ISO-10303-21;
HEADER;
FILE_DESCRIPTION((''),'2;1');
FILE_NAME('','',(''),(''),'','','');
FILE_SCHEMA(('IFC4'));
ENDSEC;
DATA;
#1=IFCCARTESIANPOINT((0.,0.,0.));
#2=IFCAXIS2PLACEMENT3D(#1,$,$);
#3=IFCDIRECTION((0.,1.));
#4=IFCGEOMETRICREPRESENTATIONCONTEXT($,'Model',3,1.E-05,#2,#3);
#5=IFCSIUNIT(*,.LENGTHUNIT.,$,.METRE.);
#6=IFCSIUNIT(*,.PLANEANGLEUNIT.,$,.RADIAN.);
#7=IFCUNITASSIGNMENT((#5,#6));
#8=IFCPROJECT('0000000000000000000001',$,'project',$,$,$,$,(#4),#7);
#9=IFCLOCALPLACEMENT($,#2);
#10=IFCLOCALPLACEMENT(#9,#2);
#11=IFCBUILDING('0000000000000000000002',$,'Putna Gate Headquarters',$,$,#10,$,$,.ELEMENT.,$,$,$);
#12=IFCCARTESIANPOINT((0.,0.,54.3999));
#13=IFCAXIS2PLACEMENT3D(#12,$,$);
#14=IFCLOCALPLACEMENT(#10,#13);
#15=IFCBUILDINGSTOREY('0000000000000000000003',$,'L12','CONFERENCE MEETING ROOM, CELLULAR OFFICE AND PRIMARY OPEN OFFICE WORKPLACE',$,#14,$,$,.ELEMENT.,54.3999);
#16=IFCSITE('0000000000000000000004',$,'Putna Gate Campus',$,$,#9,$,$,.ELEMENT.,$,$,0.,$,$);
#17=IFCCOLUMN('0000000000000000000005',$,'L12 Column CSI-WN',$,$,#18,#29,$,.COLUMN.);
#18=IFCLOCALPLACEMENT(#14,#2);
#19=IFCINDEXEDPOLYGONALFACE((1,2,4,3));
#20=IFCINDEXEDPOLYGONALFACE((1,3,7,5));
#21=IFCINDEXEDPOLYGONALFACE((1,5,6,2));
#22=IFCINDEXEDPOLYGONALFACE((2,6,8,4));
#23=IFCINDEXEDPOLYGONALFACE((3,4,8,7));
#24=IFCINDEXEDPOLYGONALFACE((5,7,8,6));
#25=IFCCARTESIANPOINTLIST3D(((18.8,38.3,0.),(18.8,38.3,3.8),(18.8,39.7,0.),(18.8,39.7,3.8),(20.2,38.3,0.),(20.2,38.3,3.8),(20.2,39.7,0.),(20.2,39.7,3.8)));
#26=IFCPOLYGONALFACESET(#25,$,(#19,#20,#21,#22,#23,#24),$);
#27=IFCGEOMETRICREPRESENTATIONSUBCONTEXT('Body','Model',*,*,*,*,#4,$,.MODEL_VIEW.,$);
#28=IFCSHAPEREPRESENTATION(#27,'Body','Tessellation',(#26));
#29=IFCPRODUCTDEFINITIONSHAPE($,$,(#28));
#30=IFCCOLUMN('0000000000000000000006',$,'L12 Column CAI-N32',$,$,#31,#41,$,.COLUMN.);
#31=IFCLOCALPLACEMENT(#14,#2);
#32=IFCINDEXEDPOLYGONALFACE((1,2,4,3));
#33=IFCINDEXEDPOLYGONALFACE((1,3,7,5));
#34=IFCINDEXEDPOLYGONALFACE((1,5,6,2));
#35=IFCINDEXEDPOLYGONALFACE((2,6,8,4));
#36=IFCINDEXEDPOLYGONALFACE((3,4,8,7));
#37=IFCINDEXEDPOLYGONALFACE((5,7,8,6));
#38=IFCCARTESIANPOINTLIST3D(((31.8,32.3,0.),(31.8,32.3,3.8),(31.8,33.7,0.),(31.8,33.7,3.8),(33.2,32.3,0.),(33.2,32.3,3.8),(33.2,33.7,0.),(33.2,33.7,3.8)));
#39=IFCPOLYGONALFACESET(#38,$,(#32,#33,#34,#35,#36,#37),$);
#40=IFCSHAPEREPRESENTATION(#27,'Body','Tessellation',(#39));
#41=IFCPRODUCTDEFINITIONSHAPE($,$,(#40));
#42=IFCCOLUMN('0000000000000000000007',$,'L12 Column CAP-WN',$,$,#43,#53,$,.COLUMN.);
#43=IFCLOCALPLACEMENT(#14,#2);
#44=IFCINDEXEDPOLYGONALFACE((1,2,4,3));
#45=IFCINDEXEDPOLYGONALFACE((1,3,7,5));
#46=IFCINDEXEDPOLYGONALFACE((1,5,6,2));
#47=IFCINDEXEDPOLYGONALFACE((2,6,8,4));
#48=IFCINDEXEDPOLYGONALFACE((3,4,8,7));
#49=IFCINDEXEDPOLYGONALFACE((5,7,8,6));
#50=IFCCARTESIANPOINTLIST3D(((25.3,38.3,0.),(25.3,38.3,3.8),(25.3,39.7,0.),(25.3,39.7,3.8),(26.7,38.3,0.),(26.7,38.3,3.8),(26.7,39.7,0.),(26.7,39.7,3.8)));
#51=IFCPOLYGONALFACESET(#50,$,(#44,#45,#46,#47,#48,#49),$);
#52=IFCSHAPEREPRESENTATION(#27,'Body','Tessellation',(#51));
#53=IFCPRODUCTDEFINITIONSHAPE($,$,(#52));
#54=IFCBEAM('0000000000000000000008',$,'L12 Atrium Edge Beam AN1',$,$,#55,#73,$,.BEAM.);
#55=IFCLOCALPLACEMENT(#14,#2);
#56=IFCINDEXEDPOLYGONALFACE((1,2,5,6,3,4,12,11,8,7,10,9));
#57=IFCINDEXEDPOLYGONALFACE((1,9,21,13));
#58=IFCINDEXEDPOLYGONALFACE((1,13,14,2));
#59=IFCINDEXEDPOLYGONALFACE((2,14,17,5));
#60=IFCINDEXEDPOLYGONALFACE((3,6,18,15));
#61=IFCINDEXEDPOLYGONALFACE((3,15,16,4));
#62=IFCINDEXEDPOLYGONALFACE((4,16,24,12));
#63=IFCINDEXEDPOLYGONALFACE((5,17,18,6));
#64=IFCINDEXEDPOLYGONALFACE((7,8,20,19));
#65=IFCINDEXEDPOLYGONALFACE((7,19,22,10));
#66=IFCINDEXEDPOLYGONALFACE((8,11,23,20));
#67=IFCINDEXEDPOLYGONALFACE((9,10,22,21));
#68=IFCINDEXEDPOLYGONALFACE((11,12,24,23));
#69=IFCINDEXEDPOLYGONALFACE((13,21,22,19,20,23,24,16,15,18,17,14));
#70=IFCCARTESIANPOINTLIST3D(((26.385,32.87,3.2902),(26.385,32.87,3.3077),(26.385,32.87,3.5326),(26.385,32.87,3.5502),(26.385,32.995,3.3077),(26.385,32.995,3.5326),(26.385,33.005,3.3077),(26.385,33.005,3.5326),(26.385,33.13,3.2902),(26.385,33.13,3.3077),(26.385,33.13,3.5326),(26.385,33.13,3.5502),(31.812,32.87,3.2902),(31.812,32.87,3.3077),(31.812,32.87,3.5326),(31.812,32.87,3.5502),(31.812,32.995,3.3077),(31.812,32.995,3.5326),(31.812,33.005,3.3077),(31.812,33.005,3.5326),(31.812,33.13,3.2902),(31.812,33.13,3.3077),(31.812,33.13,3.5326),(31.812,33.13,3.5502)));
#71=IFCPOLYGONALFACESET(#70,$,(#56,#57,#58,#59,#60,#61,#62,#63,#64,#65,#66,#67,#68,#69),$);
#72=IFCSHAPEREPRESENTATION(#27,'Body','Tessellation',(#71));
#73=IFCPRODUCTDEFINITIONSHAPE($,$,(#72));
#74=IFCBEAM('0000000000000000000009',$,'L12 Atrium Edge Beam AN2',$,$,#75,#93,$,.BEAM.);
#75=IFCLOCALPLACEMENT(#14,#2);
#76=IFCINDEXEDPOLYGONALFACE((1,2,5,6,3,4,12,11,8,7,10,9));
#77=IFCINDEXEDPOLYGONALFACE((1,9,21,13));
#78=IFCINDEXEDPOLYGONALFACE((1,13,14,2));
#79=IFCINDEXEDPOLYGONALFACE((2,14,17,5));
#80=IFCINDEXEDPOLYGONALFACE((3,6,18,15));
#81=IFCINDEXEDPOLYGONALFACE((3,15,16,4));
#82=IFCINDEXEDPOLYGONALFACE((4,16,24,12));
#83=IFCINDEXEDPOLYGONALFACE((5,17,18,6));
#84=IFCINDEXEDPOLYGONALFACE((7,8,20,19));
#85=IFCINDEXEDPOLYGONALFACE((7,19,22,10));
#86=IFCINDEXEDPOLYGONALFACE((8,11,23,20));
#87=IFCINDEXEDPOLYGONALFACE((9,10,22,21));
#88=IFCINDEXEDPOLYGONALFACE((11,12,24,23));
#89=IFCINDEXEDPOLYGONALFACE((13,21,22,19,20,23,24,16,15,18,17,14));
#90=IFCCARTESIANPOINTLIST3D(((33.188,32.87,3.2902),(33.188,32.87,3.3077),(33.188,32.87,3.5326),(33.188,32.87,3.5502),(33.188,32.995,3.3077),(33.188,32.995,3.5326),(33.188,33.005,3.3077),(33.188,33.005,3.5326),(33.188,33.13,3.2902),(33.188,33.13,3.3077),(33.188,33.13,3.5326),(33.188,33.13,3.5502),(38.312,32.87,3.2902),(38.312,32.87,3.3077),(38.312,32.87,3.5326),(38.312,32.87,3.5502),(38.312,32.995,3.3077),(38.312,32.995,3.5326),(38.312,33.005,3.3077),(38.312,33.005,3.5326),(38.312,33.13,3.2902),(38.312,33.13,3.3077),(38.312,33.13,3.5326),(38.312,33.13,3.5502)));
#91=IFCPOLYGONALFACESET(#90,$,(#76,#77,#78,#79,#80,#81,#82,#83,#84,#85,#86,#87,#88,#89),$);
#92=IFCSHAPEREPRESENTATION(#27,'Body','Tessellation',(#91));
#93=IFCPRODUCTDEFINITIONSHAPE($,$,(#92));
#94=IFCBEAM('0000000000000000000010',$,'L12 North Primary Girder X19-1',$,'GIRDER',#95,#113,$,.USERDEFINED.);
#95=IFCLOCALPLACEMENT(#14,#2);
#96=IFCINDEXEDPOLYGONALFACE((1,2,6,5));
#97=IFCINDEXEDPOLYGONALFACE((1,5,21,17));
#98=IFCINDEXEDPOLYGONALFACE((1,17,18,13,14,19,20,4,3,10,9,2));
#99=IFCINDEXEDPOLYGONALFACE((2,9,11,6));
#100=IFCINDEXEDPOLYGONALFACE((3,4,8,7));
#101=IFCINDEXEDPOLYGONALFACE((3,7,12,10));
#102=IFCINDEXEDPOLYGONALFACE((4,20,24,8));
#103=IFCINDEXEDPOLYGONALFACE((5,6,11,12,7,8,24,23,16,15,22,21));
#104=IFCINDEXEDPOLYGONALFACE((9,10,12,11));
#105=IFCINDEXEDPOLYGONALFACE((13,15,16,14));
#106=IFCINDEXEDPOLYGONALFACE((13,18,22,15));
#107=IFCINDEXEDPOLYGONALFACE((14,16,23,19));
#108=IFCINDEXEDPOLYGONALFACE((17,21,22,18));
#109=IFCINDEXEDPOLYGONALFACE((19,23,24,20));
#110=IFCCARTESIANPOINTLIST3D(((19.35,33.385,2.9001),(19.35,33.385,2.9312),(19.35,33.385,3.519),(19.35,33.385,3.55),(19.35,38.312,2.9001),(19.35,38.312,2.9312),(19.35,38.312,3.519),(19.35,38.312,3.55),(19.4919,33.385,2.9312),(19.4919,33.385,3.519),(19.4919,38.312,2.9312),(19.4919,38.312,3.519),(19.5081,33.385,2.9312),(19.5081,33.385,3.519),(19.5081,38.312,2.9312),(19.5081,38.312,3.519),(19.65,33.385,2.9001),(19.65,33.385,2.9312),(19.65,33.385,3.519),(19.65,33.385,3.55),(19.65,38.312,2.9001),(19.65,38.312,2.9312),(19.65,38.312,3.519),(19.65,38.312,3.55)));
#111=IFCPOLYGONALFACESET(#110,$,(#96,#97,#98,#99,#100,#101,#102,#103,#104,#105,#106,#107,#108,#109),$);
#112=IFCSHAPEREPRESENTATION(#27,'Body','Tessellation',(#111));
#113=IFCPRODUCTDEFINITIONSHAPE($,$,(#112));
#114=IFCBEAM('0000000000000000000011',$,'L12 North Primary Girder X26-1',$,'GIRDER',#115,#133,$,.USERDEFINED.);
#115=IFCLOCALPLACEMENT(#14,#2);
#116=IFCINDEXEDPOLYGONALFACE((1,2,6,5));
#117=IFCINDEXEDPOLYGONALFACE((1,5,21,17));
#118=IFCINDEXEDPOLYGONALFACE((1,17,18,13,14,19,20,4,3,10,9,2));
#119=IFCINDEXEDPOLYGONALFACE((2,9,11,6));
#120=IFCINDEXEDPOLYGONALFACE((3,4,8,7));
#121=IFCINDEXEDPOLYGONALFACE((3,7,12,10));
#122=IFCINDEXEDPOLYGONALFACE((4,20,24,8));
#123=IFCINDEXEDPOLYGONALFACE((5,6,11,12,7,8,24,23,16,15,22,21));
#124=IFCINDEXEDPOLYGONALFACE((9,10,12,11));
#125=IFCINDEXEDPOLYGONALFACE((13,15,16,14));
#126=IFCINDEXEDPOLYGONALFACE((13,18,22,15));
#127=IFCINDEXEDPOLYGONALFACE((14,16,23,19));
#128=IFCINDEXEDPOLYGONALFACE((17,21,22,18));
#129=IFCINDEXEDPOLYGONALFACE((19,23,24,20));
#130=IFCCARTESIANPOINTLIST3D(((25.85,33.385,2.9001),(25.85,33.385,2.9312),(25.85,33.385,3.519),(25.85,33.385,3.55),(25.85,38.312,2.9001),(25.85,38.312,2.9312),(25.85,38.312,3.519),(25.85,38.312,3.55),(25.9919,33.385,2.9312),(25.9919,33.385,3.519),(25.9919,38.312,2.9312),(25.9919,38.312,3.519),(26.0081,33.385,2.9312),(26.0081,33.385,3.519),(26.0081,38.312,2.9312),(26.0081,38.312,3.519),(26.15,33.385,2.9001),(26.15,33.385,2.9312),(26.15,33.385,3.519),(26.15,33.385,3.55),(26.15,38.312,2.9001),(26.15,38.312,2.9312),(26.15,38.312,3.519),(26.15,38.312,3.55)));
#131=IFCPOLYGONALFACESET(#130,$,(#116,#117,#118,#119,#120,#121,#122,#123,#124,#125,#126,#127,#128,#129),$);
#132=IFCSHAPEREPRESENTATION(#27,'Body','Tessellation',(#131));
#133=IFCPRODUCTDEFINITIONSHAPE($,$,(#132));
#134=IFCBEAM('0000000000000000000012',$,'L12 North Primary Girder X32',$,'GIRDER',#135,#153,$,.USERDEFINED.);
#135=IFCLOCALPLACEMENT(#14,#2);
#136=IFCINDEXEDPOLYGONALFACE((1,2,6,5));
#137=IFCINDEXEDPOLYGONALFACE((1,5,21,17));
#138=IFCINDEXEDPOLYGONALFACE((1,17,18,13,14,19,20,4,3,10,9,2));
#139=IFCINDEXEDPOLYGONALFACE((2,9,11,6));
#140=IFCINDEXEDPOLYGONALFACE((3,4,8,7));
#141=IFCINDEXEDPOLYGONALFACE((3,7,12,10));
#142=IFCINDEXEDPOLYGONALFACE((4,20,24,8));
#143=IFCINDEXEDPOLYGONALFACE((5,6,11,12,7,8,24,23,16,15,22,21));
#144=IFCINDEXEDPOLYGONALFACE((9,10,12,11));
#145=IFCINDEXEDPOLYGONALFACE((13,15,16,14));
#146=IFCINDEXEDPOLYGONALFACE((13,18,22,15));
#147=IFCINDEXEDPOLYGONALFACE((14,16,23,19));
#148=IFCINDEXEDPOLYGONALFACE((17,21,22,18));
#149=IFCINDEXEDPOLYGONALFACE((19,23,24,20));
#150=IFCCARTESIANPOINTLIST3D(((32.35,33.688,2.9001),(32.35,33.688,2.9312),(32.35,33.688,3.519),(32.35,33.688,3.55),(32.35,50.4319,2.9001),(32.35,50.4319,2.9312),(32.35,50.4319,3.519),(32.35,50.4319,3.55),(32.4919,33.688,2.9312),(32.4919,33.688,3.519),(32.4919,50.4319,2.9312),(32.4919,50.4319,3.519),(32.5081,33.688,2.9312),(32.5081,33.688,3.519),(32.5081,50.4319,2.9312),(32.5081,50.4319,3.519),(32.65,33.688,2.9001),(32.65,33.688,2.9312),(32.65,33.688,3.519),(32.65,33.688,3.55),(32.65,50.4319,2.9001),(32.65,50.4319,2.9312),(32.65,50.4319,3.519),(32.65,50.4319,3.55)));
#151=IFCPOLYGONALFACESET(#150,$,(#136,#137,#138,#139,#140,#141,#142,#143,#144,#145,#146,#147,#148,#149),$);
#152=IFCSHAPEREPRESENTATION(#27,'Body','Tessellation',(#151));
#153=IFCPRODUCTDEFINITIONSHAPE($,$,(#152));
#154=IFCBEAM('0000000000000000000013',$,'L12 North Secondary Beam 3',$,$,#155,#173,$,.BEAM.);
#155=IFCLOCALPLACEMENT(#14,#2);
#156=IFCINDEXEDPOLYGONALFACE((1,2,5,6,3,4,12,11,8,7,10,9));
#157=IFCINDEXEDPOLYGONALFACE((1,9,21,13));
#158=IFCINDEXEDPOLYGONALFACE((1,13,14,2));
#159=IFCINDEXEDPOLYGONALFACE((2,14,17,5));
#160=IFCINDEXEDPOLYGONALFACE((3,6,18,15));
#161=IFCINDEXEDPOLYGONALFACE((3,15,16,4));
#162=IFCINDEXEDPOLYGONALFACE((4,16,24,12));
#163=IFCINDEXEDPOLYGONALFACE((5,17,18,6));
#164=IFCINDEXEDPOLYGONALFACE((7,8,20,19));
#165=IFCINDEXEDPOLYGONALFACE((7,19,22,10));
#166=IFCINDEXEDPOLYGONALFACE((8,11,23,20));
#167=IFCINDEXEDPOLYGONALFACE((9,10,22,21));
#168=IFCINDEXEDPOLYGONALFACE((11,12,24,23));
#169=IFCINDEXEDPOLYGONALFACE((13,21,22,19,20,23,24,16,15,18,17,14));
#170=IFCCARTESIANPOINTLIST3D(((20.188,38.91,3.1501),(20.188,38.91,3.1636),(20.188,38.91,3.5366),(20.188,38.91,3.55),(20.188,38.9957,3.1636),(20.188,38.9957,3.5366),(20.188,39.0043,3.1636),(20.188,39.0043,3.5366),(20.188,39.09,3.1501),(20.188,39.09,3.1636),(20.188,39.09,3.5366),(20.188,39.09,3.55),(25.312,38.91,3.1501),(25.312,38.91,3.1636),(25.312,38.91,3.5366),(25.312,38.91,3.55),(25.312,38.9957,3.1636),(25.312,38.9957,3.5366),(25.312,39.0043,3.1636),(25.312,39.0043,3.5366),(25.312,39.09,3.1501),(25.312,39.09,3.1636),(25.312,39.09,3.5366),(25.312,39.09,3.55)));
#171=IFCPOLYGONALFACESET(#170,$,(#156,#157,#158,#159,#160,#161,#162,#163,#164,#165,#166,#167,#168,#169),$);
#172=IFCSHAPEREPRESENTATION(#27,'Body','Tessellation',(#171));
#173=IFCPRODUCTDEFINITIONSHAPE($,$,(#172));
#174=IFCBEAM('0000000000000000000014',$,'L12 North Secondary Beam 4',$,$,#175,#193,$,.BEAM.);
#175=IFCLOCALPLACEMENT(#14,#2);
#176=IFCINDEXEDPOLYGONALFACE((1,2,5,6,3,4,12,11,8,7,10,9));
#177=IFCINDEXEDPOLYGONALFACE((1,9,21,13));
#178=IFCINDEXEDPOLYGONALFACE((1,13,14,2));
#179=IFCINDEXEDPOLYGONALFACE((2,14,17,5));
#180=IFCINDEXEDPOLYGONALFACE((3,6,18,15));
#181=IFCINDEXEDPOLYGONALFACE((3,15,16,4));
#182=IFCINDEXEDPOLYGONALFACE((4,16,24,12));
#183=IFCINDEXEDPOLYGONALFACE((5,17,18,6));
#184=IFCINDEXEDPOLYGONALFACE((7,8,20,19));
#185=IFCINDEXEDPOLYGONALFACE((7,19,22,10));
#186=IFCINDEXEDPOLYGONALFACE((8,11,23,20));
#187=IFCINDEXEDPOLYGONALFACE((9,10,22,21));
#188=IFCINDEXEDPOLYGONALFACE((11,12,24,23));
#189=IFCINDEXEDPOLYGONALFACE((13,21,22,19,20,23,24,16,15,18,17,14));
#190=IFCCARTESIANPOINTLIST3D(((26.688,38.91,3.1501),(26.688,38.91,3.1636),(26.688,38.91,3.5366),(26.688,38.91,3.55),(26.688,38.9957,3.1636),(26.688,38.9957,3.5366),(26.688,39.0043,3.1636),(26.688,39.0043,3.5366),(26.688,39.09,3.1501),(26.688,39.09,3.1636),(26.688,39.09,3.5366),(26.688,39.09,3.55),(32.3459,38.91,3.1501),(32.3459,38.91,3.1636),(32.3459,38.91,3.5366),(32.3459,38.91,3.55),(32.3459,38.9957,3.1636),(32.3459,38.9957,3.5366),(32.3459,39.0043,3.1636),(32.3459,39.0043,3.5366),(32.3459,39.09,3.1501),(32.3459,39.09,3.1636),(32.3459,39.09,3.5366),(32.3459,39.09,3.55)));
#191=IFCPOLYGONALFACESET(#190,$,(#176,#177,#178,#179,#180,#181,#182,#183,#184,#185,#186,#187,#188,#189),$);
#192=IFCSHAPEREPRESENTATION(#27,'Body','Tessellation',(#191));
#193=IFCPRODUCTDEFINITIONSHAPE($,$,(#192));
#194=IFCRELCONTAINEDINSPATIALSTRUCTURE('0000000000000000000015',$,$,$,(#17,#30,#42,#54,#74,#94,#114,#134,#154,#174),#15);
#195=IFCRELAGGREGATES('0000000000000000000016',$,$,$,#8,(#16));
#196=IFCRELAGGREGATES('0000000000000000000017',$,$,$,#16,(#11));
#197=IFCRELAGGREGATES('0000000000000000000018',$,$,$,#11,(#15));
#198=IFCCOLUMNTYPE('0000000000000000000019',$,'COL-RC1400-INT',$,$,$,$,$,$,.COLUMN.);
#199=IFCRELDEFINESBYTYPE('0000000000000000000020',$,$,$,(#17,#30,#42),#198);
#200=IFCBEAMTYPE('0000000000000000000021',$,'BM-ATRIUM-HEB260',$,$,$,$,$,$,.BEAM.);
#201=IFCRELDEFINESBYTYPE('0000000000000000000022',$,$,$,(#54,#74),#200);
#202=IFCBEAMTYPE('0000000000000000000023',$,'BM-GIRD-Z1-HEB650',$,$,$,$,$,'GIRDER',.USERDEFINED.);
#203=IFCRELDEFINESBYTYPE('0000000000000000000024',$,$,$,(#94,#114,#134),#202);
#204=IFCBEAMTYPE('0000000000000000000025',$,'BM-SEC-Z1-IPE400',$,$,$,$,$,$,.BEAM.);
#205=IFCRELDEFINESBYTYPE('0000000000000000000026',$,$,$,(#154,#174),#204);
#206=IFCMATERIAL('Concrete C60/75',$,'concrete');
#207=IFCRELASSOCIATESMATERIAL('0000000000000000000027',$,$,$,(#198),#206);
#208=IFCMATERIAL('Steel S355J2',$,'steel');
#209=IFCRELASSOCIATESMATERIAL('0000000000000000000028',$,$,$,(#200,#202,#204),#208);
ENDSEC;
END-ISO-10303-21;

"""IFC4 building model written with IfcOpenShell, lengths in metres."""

from ifc_helpers import new_model, si_unit, direction, frame, origin, origin_2d, place, context, subcontext, project, spatial, rectangle, i_section, extrude, material, material_profile, profile_set, type_object, element, save


model = new_model("IFC4")

# Units and contexts
model_context = context("Model", 3, precision=1e-05, world=origin(), true_north=direction((0.0, 1.0)))
body_context = subcontext(model_context, "Body", "Model", "MODEL_VIEW")
ifc_project = project(units=[si_unit("LENGTHUNIT", "METRE"), si_unit("PLANEANGLEUNIT", "RADIAN")], contexts=[model_context])

# Site, building, storey
site_placement = place(None, origin())
site = spatial("IfcSite", under=ifc_project, at=site_placement, Name="Putna Gate Campus", CompositionType="ELEMENT", RefElevation=0.0)
building_placement = place(site_placement, origin())
building = spatial("IfcBuilding", under=site, at=building_placement, Name="Putna Gate Headquarters", CompositionType="ELEMENT")
storey_placement = place(building_placement, frame((0.0, 0.0, 54.3999)))
storey = spatial("IfcBuildingStorey", under=building, at=storey_placement, Name="L12", Description="CONFERENCE MEETING ROOM, CELLULAR OFFICE AND PRIMARY OPEN OFFICE WORKPLACE", CompositionType="ELEMENT", Elevation=54.3999)

# Columns
ifc_material_1 = material(Name="Concrete C60/75", Category="concrete")
ifc_material_profile_1 = material_profile(ifc_material_1, rectangle(XDim=1.3999, YDim=1.3999, at=origin_2d()), Name="Concrete C60/75")
ifc_profile_set_1 = profile_set([ifc_material_profile_1], Name="Concrete C60/75")
column_type = type_object("IfcColumnType", Name="COL-RC1400-INT", PredefinedType="COLUMN", material=ifc_profile_set_1)
for number, where, z_axis, x_axis, name in (
    (1, (19.5, 39.0, 0.0), (0.0, 0.0, 1.0), (1.0, 0.0, 0.0), "L12 Column CSI-WN"),
    (2, (32.5, 33.0, 0.0), (0.0, 0.0, 1.0), (1.0, 0.0, 0.0), "L12 Column CAI-N32"),
    (3, (26.0, 39.0, 0.0), (0.0, 0.0, 1.0), (1.0, 0.0, 0.0), "L12 Column CAP-WN"),
):
    element("IfcColumn", number, at=place(storey_placement, frame(where, z_axis=z_axis, x_axis=x_axis)), inside=storey, type_object=column_type, Name=name, PredefinedType="COLUMN", context=body_context, shape_type="SweptSolid", body=[
        extrude(rectangle(XDim=1.3999, YDim=1.3999, at=origin_2d()), origin(), (0.0, 0.0, 1.0), 3.8),
    ])

# Beams
ifc_material_2 = material(Name="Steel S355J2", Category="steel")
ifc_material_profile_2 = material_profile(ifc_material_2, i_section(OverallWidth=0.26, OverallDepth=0.26, WebThickness=0.01, FlangeThickness=0.0176, at=origin_2d()), Name="Steel S355J2")
ifc_profile_set_2 = profile_set([ifc_material_profile_2], Name="Steel S355J2")
beam_type_1 = type_object("IfcBeamType", Name="BM-ATRIUM-HEB260", PredefinedType="BEAM", material=ifc_profile_set_2)
beam_1_placement = place(storey_placement, frame((26.385, 33.0, 3.4202), z_axis=(1.0, 0.0, 0.0), x_axis=(0.0, 1.0, 0.0)))
element("IfcBeam", 4, at=beam_1_placement, inside=storey, type_object=beam_type_1, Name="L12 Atrium Edge Beam AN1", PredefinedType="BEAM", context=body_context, shape_type="SweptSolid", body=[
    extrude(i_section(OverallWidth=0.26, OverallDepth=0.26, WebThickness=0.01, FlangeThickness=0.0176, at=origin_2d()), origin(), (0.0, 0.0, 1.0), 5.427),
])
beam_2_placement = place(storey_placement, frame((33.188, 33.0, 3.4202), z_axis=(1.0, 0.0, 0.0), x_axis=(0.0, 1.0, 0.0)))
element("IfcBeam", 5, at=beam_2_placement, inside=storey, type_object=beam_type_1, Name="L12 Atrium Edge Beam AN2", PredefinedType="BEAM", context=body_context, shape_type="SweptSolid", body=[
    extrude(i_section(OverallWidth=0.26, OverallDepth=0.26, WebThickness=0.01, FlangeThickness=0.0176, at=origin_2d()), origin(), (0.0, 0.0, 1.0), 5.124),
])
ifc_material_profile_3 = material_profile(ifc_material_2, i_section(OverallWidth=0.3, OverallDepth=0.6499, WebThickness=0.0161, FlangeThickness=0.031, at=origin_2d()), Name="Steel S355J2")
ifc_profile_set_3 = profile_set([ifc_material_profile_3], Name="Steel S355J2")
beam_type_2 = type_object("IfcBeamType", Name="BM-GIRD-Z1-HEB650", ElementType="GIRDER", PredefinedType="USERDEFINED", material=ifc_profile_set_3)
for number, where, z_axis, x_axis, name in (
    (6, (19.5, 33.385, 3.2251), (0.0, 1.0, 0.0), (-1.0, 0.0, 0.0), "L12 North Primary Girder X19-1"),
    (7, (26.0, 33.385, 3.2251), (0.0, 1.0, 0.0), (-1.0, 0.0, 0.0), "L12 North Primary Girder X26-1"),
):
    element("IfcBeam", number, at=place(storey_placement, frame(where, z_axis=z_axis, x_axis=x_axis)), inside=storey, type_object=beam_type_2, Name=name, ObjectType="GIRDER", PredefinedType="USERDEFINED", context=body_context, shape_type="SweptSolid", body=[
        extrude(i_section(OverallWidth=0.3, OverallDepth=0.6499, WebThickness=0.0161, FlangeThickness=0.031, at=origin_2d()), origin(), (0.0, 0.0, 1.0), 4.927),
    ])
beam_3_placement = place(storey_placement, frame((32.5, 33.688, 3.2251), z_axis=(0.0, 1.0, 0.0), x_axis=(-1.0, 0.0, 0.0)))
element("IfcBeam", 8, at=beam_3_placement, inside=storey, type_object=beam_type_2, Name="L12 North Primary Girder X32", ObjectType="GIRDER", PredefinedType="USERDEFINED", context=body_context, shape_type="SweptSolid", body=[
    extrude(i_section(OverallWidth=0.3, OverallDepth=0.6499, WebThickness=0.0161, FlangeThickness=0.031, at=origin_2d()), origin(), (0.0, 0.0, 1.0), 16.7439),
])
ifc_material_profile_4 = material_profile(ifc_material_2, i_section(OverallWidth=0.1799, OverallDepth=0.3999, WebThickness=0.0085, FlangeThickness=0.0134, at=origin_2d()), Name="Steel S355J2")
ifc_profile_set_4 = profile_set([ifc_material_profile_4], Name="Steel S355J2")
beam_type_3 = type_object("IfcBeamType", Name="BM-SEC-Z1-IPE400", PredefinedType="BEAM", material=ifc_profile_set_4)
beam_4_placement = place(storey_placement, frame((20.188, 39.0, 3.3501), z_axis=(1.0, 0.0, 0.0), x_axis=(0.0, 1.0, 0.0)))
element("IfcBeam", 9, at=beam_4_placement, inside=storey, type_object=beam_type_3, Name="L12 North Secondary Beam 3", PredefinedType="BEAM", context=body_context, shape_type="SweptSolid", body=[
    extrude(i_section(OverallWidth=0.1799, OverallDepth=0.3999, WebThickness=0.0085, FlangeThickness=0.0134, at=origin_2d()), origin(), (0.0, 0.0, 1.0), 5.124),
])
beam_5_placement = place(storey_placement, frame((26.688, 39.0, 3.3501), z_axis=(1.0, 0.0, 0.0), x_axis=(0.0, 1.0, 0.0)))
element("IfcBeam", 10, at=beam_5_placement, inside=storey, type_object=beam_type_3, Name="L12 North Secondary Beam 4", PredefinedType="BEAM", context=body_context, shape_type="SweptSolid", body=[
    extrude(i_section(OverallWidth=0.1799, OverallDepth=0.3999, WebThickness=0.0085, FlangeThickness=0.0134, at=origin_2d()), origin(), (0.0, 0.0, 1.0), 5.658),
])

save(model, "model.ifc")
